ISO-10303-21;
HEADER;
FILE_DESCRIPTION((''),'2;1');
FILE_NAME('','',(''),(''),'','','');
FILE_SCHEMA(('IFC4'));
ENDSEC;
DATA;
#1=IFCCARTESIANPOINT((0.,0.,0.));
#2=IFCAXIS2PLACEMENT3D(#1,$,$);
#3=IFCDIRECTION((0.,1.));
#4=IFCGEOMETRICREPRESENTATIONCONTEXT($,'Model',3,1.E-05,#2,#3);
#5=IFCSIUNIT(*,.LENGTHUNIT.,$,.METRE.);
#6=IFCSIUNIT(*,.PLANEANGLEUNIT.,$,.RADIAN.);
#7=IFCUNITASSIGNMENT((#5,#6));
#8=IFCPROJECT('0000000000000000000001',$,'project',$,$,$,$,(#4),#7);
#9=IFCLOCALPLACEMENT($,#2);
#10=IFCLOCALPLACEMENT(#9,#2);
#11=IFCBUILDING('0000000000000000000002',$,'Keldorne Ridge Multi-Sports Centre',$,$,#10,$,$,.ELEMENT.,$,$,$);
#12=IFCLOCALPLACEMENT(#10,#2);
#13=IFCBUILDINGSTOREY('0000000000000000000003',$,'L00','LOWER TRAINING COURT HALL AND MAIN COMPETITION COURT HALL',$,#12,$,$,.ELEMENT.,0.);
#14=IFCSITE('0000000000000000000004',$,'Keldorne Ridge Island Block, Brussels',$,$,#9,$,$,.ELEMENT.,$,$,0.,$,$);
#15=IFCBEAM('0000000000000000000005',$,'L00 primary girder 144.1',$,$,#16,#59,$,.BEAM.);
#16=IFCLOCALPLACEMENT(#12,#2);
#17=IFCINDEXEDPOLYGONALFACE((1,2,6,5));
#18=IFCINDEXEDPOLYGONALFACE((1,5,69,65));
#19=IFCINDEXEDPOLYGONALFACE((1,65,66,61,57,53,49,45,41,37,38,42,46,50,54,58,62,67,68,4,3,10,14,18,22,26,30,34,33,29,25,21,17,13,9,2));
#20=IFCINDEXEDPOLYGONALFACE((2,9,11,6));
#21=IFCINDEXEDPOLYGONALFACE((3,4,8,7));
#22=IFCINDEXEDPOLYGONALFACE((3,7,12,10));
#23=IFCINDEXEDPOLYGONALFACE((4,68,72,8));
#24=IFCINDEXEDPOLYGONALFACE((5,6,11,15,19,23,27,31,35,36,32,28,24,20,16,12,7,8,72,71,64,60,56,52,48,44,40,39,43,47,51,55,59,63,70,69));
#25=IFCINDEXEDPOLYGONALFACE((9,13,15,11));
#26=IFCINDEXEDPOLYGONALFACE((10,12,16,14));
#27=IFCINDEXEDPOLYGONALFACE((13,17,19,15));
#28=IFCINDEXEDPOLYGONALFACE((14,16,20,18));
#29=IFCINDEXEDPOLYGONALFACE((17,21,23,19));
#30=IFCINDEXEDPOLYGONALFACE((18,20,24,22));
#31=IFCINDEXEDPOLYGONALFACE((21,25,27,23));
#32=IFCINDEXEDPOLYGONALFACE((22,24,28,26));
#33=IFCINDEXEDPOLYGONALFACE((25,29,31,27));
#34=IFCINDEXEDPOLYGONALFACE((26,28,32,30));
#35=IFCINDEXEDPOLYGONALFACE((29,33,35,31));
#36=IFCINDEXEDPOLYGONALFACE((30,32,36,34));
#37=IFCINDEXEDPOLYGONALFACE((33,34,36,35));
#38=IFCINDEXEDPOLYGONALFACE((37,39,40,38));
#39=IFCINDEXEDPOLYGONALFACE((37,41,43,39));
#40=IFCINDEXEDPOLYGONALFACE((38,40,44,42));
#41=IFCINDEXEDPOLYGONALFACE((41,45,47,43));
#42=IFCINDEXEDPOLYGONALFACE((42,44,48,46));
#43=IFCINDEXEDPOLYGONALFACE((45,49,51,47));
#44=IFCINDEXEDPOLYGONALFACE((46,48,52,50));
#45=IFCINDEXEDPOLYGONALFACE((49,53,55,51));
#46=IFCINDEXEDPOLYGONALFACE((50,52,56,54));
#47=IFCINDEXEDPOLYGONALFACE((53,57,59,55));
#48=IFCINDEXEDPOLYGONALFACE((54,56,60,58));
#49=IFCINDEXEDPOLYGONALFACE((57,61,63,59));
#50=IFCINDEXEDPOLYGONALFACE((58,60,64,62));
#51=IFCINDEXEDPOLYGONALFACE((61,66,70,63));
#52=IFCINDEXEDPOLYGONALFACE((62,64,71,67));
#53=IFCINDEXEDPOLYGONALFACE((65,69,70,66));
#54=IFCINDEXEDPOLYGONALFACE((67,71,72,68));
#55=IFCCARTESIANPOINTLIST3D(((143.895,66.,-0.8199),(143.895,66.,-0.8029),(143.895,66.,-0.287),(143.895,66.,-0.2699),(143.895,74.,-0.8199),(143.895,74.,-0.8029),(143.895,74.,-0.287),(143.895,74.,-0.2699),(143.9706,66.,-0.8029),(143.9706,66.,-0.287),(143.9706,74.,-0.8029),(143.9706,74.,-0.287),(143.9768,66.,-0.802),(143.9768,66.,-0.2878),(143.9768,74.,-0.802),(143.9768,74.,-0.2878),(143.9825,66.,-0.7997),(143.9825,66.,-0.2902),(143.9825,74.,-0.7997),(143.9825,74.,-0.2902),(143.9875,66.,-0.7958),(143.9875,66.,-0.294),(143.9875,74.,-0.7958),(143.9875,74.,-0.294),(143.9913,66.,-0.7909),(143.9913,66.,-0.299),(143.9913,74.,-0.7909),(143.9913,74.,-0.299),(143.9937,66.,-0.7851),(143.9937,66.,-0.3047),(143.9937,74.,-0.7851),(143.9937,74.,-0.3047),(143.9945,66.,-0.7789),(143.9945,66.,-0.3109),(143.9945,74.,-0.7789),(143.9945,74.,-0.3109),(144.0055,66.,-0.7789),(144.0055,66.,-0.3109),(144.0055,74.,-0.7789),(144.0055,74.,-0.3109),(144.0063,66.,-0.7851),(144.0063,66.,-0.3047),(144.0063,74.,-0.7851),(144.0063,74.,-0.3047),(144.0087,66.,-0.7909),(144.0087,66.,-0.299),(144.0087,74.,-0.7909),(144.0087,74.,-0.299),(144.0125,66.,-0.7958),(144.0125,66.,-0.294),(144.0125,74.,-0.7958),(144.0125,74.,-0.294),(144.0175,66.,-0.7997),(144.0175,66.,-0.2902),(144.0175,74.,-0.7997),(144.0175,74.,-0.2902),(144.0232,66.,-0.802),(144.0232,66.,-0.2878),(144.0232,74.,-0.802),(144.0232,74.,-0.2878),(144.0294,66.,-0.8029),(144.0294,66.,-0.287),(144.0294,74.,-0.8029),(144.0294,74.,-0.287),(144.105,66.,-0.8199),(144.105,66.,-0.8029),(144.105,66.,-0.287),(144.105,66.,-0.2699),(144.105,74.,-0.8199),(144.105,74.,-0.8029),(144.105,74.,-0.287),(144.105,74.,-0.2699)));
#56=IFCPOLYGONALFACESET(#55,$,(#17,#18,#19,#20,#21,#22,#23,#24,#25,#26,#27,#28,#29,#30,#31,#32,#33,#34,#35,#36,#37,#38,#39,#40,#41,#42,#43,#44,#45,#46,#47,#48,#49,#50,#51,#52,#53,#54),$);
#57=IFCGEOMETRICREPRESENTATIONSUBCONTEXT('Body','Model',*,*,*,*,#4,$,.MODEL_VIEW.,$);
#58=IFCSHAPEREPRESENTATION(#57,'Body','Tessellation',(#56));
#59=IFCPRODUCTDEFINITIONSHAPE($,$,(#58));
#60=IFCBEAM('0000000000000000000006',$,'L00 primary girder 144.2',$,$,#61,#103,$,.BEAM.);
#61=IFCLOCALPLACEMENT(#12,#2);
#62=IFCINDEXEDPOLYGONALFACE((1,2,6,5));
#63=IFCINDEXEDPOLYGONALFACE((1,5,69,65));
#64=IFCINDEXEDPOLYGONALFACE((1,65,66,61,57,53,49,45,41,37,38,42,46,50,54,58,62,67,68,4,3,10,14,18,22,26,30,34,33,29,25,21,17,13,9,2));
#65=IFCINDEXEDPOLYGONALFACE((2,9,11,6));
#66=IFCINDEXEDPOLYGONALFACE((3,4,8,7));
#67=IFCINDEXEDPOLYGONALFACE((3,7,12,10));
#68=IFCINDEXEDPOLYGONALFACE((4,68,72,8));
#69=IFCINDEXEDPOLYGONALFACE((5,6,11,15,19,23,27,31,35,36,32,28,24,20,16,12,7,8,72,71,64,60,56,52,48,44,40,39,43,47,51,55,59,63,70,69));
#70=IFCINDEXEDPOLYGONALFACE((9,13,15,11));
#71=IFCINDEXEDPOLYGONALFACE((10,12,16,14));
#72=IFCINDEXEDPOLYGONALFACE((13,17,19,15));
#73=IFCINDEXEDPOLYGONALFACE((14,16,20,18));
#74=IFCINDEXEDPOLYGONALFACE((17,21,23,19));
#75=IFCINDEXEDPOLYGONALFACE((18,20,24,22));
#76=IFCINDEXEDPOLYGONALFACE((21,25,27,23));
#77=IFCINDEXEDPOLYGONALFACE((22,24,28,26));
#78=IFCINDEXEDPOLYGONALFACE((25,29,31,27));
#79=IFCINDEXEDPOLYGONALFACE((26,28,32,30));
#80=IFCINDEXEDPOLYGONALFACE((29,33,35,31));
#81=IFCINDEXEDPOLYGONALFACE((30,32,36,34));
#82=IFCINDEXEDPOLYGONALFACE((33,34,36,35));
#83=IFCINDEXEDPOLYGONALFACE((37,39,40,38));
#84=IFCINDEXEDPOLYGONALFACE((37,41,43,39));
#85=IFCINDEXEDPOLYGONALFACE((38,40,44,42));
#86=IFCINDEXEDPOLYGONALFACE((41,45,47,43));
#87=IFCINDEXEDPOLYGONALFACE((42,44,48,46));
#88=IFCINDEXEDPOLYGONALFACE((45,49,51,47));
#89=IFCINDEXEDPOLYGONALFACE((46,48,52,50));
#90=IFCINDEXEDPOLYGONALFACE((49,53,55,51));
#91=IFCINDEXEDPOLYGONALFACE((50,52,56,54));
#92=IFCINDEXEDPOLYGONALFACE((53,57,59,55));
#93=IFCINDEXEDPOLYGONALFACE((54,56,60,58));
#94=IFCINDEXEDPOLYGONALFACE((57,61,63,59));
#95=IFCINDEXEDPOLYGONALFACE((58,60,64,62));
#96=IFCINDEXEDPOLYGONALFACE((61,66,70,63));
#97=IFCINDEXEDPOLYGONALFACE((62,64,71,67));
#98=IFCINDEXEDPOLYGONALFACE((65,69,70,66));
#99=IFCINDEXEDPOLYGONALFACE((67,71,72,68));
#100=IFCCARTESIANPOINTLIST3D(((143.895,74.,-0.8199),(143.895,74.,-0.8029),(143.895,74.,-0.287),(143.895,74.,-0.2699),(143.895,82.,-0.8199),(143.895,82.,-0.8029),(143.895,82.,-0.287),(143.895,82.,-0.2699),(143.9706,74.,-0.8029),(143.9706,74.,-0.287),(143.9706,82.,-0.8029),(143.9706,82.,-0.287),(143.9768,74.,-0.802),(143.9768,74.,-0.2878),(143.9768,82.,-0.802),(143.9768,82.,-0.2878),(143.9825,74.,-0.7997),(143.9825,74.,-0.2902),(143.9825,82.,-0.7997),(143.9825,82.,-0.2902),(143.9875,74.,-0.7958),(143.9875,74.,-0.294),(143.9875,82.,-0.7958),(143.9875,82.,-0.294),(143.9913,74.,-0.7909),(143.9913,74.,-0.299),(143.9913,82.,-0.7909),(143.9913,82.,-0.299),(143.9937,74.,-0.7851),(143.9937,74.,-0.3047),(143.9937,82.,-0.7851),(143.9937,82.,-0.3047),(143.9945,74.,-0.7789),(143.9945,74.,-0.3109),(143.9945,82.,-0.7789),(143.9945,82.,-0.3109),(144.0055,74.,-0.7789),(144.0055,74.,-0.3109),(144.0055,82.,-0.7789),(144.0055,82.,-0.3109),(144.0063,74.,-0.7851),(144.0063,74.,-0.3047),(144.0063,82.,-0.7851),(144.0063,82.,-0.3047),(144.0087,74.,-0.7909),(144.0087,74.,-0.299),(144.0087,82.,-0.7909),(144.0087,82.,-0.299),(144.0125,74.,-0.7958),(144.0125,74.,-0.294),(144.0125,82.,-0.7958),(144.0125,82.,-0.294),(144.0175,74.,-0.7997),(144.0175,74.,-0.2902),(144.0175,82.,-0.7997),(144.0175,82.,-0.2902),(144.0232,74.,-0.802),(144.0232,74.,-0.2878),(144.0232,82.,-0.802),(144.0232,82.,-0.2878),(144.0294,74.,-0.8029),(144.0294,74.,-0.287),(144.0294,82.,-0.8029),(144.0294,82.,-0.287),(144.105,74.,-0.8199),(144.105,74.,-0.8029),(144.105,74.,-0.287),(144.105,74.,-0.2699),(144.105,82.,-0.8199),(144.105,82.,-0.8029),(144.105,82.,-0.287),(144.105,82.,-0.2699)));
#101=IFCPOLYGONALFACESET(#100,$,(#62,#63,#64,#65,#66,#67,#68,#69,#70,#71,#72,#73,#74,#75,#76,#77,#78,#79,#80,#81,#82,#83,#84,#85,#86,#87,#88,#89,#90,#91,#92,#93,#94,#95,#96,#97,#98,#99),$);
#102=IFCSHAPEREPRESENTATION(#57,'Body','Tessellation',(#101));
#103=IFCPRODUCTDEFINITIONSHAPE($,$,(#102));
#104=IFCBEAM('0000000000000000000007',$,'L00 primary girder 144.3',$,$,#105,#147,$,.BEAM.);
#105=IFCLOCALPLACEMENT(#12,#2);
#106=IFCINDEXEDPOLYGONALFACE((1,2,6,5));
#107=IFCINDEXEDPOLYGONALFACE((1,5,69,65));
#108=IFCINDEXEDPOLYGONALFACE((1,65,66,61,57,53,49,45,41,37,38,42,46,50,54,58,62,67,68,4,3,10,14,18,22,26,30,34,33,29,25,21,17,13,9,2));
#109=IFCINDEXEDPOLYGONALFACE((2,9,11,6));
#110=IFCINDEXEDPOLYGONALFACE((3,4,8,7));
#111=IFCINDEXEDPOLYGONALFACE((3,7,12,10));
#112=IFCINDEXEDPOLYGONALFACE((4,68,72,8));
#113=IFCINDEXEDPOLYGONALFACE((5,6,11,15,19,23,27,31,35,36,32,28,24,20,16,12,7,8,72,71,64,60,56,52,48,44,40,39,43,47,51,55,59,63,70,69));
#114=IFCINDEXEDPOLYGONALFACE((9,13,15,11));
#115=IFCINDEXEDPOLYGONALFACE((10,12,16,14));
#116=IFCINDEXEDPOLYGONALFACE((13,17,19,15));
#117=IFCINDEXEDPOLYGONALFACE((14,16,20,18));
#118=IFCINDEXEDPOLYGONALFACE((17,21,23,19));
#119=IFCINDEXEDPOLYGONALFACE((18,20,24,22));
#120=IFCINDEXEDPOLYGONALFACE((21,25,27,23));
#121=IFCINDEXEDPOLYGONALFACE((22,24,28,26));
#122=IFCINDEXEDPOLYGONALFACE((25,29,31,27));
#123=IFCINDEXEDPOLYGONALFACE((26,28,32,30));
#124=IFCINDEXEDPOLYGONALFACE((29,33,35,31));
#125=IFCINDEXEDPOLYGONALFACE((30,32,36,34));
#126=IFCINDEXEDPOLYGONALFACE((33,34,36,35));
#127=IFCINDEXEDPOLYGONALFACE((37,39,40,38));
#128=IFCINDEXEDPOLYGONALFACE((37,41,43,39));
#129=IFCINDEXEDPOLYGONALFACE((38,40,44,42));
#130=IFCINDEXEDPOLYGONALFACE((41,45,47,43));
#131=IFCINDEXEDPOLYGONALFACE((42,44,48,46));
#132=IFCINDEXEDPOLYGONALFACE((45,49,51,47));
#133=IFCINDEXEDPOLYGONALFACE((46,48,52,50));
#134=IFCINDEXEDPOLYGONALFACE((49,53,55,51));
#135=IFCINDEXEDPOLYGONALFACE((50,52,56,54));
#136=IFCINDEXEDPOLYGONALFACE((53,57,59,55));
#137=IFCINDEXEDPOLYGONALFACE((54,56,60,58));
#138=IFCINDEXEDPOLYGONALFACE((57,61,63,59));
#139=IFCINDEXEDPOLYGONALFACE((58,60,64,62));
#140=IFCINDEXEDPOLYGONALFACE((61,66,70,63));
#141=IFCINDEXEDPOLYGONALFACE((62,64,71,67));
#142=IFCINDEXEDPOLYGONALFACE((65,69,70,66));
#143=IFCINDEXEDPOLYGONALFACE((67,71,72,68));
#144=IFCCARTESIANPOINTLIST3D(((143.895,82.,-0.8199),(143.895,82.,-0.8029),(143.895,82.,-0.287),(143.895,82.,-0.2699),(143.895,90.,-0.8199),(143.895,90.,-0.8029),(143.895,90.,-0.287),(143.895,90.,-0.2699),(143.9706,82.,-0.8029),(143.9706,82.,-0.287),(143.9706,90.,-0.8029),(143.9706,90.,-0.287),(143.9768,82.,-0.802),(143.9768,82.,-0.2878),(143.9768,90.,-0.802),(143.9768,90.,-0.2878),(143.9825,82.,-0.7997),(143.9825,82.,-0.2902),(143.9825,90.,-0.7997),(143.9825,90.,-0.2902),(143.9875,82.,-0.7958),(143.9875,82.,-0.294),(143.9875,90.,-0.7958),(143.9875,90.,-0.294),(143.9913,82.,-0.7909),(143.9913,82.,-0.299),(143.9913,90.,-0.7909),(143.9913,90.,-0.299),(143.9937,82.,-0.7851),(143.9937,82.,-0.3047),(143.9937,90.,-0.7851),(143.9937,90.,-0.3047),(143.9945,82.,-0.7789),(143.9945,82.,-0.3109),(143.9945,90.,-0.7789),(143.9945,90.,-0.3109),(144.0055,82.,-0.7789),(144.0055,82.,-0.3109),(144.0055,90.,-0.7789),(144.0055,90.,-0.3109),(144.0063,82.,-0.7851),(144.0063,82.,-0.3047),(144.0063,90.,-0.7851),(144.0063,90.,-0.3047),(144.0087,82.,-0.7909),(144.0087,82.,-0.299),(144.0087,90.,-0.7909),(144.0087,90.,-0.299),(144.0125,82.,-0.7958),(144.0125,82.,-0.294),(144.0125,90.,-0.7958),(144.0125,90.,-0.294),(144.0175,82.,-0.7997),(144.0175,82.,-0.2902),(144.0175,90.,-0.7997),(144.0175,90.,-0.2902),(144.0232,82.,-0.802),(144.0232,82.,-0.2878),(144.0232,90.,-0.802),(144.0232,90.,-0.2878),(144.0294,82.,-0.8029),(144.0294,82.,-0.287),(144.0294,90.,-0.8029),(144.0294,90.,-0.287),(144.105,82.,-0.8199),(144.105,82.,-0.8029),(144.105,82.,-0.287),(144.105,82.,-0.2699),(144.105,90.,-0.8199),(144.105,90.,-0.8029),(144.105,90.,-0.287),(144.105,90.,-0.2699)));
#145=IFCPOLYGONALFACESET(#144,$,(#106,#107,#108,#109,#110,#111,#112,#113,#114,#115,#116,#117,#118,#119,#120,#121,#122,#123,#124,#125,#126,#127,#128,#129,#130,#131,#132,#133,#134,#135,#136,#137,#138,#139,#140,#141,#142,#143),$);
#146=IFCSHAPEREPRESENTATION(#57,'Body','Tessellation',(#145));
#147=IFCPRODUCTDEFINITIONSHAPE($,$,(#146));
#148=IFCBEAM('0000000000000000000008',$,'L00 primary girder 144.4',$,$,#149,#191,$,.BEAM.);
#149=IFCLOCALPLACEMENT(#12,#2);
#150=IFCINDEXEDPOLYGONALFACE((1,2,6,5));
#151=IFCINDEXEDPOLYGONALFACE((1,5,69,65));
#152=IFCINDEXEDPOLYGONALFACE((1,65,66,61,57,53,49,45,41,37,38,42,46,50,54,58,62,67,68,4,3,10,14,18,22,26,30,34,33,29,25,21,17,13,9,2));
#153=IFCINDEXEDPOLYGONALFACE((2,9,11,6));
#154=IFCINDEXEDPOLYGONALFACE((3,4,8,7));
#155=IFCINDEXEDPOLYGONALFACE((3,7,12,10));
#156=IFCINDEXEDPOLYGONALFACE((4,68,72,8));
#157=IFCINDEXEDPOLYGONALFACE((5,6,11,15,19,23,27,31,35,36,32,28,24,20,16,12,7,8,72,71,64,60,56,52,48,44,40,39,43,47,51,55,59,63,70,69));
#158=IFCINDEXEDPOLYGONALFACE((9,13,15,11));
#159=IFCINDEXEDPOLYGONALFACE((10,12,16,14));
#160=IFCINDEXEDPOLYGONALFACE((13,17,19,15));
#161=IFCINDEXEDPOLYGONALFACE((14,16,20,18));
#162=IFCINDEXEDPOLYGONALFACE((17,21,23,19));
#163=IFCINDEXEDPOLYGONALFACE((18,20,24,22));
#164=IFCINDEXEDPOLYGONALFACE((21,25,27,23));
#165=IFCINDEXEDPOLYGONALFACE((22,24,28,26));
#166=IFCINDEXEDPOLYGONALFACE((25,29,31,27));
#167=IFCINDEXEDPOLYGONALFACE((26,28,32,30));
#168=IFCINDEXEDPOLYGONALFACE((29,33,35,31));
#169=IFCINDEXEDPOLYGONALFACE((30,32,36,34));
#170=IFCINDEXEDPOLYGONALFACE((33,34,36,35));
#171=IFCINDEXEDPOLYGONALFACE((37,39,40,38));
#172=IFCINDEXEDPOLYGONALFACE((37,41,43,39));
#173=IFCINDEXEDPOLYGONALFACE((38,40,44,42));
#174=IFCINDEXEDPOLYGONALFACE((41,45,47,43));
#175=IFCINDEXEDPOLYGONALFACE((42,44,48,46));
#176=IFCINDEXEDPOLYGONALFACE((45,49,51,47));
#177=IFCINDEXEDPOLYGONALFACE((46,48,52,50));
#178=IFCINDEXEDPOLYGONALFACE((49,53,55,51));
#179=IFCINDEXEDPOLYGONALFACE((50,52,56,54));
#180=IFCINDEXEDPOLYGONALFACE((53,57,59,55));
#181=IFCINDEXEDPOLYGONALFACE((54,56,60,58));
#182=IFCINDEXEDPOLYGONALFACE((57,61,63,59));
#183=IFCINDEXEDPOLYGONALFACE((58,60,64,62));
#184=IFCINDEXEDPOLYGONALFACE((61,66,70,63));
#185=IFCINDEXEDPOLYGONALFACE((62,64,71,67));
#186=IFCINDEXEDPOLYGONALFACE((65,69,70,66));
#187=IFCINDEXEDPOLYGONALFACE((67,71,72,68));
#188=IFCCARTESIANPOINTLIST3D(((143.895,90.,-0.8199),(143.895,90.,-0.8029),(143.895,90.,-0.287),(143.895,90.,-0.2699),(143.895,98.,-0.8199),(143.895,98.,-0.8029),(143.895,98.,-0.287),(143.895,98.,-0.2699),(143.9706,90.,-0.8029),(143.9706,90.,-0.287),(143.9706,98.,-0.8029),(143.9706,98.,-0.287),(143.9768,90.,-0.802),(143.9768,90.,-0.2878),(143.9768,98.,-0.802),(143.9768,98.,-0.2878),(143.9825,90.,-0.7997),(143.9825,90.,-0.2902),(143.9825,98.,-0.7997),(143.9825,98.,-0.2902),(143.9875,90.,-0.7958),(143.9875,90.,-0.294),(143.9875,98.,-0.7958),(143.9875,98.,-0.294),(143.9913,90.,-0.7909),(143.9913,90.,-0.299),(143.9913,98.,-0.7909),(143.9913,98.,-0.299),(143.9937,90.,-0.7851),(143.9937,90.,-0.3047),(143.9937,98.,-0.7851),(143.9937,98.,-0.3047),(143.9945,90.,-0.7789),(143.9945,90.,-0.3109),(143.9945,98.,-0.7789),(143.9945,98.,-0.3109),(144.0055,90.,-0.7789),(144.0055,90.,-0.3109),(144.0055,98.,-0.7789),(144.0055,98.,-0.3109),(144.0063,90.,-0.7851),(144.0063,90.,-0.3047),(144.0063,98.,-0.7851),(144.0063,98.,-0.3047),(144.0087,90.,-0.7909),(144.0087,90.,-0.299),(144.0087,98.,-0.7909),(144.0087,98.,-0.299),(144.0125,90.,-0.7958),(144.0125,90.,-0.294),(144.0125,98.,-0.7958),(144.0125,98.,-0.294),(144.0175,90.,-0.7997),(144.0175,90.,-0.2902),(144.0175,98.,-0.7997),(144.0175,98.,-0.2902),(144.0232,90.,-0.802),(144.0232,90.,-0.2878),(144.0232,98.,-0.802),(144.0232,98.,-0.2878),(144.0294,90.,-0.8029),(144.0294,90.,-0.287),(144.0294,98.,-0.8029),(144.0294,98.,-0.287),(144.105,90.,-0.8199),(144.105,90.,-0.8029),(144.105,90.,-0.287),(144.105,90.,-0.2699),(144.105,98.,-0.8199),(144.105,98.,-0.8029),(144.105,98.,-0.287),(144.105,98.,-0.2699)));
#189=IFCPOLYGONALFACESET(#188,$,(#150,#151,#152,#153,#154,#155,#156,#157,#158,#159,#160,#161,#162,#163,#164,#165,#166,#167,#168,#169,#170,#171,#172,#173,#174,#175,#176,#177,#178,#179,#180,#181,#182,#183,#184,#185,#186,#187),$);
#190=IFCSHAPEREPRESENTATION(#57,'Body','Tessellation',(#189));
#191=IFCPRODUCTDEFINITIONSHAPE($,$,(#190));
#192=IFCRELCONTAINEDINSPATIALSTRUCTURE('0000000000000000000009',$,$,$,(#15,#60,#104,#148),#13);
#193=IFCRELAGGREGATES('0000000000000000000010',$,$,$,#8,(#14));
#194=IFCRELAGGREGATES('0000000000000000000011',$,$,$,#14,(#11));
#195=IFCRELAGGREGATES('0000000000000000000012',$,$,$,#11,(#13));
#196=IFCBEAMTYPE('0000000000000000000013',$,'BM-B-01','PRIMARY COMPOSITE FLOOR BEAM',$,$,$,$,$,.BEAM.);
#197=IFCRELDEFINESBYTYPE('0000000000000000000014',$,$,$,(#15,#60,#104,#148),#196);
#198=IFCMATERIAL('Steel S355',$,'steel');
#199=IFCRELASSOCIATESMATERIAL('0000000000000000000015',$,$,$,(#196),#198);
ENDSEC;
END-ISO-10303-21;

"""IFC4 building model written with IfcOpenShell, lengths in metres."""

from ifc_helpers import new_model, si_unit, direction, frame, origin, origin_2d, place, context, subcontext, project, spatial, i_section, extrude, material, material_profile, profile_set, type_object, element, save


model = new_model("IFC4")

# Units and contexts
model_context = context("Model", 3, precision=1e-05, world=origin(), true_north=direction((0.0, 1.0)))
body_context = subcontext(model_context, "Body", "Model", "MODEL_VIEW")
ifc_project = project(units=[si_unit("LENGTHUNIT", "METRE"), si_unit("PLANEANGLEUNIT", "RADIAN")], contexts=[model_context])

# Site, building, storey
site_placement = place(None, origin())
site = spatial("IfcSite", under=ifc_project, at=site_placement, Name="Keldorne Ridge Island Block, Brussels", CompositionType="ELEMENT", RefElevation=0.0)
building_placement = place(site_placement, origin())
building = spatial("IfcBuilding", under=site, at=building_placement, Name="Keldorne Ridge Multi-Sports Centre", CompositionType="ELEMENT")
storey_placement = place(building_placement, origin())
storey = spatial("IfcBuildingStorey", under=building, at=storey_placement, Name="L00", Description="LOWER TRAINING COURT HALL AND MAIN COMPETITION COURT HALL", CompositionType="ELEMENT", Elevation=0.0)

# Shared definitions
ifc_material_1 = material(Name="Steel S355", Category="steel")

# Beams
ifc_material_profile_1 = material_profile(ifc_material_1, i_section(OverallWidth=0.21, OverallDepth=0.55, WebThickness=0.011, FlangeThickness=0.0171, FilletRadius=0.0239, at=origin_2d()), Name="IPE 550")
ifc_profile_set_1 = profile_set([ifc_material_profile_1], Name="Steel S355")
beam_type_1 = type_object("IfcBeamType", Name="BM-B-01", Description="PRIMARY COMPOSITE FLOOR BEAM", PredefinedType="BEAM", material=ifc_profile_set_1)
for number, where, z_axis, x_axis, name in (
    (1, (144.0, 66.0, -0.5449), (0.0, 1.0, 0.0), (-1.0, 0.0, 0.0), "L00 primary girder 144.1"),
    (2, (144.0, 74.0, -0.5449), (0.0, 1.0, 0.0), (-1.0, 0.0, 0.0), "L00 primary girder 144.2"),
    (3, (144.0, 82.0, -0.5449), (0.0, 1.0, 0.0), (-1.0, 0.0, 0.0), "L00 primary girder 144.3"),
    (4, (144.0, 90.0, -0.5449), (0.0, 1.0, 0.0), (-1.0, 0.0, 0.0), "L00 primary girder 144.4"),
):
    element("IfcBeam", number, at=place(storey_placement, frame(where, z_axis=z_axis, x_axis=x_axis)), inside=storey, type_object=beam_type_1, Name=name, PredefinedType="BEAM", context=body_context, shape_type="SweptSolid", body=[
        extrude(i_section(OverallWidth=0.21, OverallDepth=0.55, WebThickness=0.011, FlangeThickness=0.0171, FilletRadius=0.0239, at=origin_2d()), origin(), (0.0, 0.0, 1.0), 8.0),
    ])

save(model, "model.ifc")
